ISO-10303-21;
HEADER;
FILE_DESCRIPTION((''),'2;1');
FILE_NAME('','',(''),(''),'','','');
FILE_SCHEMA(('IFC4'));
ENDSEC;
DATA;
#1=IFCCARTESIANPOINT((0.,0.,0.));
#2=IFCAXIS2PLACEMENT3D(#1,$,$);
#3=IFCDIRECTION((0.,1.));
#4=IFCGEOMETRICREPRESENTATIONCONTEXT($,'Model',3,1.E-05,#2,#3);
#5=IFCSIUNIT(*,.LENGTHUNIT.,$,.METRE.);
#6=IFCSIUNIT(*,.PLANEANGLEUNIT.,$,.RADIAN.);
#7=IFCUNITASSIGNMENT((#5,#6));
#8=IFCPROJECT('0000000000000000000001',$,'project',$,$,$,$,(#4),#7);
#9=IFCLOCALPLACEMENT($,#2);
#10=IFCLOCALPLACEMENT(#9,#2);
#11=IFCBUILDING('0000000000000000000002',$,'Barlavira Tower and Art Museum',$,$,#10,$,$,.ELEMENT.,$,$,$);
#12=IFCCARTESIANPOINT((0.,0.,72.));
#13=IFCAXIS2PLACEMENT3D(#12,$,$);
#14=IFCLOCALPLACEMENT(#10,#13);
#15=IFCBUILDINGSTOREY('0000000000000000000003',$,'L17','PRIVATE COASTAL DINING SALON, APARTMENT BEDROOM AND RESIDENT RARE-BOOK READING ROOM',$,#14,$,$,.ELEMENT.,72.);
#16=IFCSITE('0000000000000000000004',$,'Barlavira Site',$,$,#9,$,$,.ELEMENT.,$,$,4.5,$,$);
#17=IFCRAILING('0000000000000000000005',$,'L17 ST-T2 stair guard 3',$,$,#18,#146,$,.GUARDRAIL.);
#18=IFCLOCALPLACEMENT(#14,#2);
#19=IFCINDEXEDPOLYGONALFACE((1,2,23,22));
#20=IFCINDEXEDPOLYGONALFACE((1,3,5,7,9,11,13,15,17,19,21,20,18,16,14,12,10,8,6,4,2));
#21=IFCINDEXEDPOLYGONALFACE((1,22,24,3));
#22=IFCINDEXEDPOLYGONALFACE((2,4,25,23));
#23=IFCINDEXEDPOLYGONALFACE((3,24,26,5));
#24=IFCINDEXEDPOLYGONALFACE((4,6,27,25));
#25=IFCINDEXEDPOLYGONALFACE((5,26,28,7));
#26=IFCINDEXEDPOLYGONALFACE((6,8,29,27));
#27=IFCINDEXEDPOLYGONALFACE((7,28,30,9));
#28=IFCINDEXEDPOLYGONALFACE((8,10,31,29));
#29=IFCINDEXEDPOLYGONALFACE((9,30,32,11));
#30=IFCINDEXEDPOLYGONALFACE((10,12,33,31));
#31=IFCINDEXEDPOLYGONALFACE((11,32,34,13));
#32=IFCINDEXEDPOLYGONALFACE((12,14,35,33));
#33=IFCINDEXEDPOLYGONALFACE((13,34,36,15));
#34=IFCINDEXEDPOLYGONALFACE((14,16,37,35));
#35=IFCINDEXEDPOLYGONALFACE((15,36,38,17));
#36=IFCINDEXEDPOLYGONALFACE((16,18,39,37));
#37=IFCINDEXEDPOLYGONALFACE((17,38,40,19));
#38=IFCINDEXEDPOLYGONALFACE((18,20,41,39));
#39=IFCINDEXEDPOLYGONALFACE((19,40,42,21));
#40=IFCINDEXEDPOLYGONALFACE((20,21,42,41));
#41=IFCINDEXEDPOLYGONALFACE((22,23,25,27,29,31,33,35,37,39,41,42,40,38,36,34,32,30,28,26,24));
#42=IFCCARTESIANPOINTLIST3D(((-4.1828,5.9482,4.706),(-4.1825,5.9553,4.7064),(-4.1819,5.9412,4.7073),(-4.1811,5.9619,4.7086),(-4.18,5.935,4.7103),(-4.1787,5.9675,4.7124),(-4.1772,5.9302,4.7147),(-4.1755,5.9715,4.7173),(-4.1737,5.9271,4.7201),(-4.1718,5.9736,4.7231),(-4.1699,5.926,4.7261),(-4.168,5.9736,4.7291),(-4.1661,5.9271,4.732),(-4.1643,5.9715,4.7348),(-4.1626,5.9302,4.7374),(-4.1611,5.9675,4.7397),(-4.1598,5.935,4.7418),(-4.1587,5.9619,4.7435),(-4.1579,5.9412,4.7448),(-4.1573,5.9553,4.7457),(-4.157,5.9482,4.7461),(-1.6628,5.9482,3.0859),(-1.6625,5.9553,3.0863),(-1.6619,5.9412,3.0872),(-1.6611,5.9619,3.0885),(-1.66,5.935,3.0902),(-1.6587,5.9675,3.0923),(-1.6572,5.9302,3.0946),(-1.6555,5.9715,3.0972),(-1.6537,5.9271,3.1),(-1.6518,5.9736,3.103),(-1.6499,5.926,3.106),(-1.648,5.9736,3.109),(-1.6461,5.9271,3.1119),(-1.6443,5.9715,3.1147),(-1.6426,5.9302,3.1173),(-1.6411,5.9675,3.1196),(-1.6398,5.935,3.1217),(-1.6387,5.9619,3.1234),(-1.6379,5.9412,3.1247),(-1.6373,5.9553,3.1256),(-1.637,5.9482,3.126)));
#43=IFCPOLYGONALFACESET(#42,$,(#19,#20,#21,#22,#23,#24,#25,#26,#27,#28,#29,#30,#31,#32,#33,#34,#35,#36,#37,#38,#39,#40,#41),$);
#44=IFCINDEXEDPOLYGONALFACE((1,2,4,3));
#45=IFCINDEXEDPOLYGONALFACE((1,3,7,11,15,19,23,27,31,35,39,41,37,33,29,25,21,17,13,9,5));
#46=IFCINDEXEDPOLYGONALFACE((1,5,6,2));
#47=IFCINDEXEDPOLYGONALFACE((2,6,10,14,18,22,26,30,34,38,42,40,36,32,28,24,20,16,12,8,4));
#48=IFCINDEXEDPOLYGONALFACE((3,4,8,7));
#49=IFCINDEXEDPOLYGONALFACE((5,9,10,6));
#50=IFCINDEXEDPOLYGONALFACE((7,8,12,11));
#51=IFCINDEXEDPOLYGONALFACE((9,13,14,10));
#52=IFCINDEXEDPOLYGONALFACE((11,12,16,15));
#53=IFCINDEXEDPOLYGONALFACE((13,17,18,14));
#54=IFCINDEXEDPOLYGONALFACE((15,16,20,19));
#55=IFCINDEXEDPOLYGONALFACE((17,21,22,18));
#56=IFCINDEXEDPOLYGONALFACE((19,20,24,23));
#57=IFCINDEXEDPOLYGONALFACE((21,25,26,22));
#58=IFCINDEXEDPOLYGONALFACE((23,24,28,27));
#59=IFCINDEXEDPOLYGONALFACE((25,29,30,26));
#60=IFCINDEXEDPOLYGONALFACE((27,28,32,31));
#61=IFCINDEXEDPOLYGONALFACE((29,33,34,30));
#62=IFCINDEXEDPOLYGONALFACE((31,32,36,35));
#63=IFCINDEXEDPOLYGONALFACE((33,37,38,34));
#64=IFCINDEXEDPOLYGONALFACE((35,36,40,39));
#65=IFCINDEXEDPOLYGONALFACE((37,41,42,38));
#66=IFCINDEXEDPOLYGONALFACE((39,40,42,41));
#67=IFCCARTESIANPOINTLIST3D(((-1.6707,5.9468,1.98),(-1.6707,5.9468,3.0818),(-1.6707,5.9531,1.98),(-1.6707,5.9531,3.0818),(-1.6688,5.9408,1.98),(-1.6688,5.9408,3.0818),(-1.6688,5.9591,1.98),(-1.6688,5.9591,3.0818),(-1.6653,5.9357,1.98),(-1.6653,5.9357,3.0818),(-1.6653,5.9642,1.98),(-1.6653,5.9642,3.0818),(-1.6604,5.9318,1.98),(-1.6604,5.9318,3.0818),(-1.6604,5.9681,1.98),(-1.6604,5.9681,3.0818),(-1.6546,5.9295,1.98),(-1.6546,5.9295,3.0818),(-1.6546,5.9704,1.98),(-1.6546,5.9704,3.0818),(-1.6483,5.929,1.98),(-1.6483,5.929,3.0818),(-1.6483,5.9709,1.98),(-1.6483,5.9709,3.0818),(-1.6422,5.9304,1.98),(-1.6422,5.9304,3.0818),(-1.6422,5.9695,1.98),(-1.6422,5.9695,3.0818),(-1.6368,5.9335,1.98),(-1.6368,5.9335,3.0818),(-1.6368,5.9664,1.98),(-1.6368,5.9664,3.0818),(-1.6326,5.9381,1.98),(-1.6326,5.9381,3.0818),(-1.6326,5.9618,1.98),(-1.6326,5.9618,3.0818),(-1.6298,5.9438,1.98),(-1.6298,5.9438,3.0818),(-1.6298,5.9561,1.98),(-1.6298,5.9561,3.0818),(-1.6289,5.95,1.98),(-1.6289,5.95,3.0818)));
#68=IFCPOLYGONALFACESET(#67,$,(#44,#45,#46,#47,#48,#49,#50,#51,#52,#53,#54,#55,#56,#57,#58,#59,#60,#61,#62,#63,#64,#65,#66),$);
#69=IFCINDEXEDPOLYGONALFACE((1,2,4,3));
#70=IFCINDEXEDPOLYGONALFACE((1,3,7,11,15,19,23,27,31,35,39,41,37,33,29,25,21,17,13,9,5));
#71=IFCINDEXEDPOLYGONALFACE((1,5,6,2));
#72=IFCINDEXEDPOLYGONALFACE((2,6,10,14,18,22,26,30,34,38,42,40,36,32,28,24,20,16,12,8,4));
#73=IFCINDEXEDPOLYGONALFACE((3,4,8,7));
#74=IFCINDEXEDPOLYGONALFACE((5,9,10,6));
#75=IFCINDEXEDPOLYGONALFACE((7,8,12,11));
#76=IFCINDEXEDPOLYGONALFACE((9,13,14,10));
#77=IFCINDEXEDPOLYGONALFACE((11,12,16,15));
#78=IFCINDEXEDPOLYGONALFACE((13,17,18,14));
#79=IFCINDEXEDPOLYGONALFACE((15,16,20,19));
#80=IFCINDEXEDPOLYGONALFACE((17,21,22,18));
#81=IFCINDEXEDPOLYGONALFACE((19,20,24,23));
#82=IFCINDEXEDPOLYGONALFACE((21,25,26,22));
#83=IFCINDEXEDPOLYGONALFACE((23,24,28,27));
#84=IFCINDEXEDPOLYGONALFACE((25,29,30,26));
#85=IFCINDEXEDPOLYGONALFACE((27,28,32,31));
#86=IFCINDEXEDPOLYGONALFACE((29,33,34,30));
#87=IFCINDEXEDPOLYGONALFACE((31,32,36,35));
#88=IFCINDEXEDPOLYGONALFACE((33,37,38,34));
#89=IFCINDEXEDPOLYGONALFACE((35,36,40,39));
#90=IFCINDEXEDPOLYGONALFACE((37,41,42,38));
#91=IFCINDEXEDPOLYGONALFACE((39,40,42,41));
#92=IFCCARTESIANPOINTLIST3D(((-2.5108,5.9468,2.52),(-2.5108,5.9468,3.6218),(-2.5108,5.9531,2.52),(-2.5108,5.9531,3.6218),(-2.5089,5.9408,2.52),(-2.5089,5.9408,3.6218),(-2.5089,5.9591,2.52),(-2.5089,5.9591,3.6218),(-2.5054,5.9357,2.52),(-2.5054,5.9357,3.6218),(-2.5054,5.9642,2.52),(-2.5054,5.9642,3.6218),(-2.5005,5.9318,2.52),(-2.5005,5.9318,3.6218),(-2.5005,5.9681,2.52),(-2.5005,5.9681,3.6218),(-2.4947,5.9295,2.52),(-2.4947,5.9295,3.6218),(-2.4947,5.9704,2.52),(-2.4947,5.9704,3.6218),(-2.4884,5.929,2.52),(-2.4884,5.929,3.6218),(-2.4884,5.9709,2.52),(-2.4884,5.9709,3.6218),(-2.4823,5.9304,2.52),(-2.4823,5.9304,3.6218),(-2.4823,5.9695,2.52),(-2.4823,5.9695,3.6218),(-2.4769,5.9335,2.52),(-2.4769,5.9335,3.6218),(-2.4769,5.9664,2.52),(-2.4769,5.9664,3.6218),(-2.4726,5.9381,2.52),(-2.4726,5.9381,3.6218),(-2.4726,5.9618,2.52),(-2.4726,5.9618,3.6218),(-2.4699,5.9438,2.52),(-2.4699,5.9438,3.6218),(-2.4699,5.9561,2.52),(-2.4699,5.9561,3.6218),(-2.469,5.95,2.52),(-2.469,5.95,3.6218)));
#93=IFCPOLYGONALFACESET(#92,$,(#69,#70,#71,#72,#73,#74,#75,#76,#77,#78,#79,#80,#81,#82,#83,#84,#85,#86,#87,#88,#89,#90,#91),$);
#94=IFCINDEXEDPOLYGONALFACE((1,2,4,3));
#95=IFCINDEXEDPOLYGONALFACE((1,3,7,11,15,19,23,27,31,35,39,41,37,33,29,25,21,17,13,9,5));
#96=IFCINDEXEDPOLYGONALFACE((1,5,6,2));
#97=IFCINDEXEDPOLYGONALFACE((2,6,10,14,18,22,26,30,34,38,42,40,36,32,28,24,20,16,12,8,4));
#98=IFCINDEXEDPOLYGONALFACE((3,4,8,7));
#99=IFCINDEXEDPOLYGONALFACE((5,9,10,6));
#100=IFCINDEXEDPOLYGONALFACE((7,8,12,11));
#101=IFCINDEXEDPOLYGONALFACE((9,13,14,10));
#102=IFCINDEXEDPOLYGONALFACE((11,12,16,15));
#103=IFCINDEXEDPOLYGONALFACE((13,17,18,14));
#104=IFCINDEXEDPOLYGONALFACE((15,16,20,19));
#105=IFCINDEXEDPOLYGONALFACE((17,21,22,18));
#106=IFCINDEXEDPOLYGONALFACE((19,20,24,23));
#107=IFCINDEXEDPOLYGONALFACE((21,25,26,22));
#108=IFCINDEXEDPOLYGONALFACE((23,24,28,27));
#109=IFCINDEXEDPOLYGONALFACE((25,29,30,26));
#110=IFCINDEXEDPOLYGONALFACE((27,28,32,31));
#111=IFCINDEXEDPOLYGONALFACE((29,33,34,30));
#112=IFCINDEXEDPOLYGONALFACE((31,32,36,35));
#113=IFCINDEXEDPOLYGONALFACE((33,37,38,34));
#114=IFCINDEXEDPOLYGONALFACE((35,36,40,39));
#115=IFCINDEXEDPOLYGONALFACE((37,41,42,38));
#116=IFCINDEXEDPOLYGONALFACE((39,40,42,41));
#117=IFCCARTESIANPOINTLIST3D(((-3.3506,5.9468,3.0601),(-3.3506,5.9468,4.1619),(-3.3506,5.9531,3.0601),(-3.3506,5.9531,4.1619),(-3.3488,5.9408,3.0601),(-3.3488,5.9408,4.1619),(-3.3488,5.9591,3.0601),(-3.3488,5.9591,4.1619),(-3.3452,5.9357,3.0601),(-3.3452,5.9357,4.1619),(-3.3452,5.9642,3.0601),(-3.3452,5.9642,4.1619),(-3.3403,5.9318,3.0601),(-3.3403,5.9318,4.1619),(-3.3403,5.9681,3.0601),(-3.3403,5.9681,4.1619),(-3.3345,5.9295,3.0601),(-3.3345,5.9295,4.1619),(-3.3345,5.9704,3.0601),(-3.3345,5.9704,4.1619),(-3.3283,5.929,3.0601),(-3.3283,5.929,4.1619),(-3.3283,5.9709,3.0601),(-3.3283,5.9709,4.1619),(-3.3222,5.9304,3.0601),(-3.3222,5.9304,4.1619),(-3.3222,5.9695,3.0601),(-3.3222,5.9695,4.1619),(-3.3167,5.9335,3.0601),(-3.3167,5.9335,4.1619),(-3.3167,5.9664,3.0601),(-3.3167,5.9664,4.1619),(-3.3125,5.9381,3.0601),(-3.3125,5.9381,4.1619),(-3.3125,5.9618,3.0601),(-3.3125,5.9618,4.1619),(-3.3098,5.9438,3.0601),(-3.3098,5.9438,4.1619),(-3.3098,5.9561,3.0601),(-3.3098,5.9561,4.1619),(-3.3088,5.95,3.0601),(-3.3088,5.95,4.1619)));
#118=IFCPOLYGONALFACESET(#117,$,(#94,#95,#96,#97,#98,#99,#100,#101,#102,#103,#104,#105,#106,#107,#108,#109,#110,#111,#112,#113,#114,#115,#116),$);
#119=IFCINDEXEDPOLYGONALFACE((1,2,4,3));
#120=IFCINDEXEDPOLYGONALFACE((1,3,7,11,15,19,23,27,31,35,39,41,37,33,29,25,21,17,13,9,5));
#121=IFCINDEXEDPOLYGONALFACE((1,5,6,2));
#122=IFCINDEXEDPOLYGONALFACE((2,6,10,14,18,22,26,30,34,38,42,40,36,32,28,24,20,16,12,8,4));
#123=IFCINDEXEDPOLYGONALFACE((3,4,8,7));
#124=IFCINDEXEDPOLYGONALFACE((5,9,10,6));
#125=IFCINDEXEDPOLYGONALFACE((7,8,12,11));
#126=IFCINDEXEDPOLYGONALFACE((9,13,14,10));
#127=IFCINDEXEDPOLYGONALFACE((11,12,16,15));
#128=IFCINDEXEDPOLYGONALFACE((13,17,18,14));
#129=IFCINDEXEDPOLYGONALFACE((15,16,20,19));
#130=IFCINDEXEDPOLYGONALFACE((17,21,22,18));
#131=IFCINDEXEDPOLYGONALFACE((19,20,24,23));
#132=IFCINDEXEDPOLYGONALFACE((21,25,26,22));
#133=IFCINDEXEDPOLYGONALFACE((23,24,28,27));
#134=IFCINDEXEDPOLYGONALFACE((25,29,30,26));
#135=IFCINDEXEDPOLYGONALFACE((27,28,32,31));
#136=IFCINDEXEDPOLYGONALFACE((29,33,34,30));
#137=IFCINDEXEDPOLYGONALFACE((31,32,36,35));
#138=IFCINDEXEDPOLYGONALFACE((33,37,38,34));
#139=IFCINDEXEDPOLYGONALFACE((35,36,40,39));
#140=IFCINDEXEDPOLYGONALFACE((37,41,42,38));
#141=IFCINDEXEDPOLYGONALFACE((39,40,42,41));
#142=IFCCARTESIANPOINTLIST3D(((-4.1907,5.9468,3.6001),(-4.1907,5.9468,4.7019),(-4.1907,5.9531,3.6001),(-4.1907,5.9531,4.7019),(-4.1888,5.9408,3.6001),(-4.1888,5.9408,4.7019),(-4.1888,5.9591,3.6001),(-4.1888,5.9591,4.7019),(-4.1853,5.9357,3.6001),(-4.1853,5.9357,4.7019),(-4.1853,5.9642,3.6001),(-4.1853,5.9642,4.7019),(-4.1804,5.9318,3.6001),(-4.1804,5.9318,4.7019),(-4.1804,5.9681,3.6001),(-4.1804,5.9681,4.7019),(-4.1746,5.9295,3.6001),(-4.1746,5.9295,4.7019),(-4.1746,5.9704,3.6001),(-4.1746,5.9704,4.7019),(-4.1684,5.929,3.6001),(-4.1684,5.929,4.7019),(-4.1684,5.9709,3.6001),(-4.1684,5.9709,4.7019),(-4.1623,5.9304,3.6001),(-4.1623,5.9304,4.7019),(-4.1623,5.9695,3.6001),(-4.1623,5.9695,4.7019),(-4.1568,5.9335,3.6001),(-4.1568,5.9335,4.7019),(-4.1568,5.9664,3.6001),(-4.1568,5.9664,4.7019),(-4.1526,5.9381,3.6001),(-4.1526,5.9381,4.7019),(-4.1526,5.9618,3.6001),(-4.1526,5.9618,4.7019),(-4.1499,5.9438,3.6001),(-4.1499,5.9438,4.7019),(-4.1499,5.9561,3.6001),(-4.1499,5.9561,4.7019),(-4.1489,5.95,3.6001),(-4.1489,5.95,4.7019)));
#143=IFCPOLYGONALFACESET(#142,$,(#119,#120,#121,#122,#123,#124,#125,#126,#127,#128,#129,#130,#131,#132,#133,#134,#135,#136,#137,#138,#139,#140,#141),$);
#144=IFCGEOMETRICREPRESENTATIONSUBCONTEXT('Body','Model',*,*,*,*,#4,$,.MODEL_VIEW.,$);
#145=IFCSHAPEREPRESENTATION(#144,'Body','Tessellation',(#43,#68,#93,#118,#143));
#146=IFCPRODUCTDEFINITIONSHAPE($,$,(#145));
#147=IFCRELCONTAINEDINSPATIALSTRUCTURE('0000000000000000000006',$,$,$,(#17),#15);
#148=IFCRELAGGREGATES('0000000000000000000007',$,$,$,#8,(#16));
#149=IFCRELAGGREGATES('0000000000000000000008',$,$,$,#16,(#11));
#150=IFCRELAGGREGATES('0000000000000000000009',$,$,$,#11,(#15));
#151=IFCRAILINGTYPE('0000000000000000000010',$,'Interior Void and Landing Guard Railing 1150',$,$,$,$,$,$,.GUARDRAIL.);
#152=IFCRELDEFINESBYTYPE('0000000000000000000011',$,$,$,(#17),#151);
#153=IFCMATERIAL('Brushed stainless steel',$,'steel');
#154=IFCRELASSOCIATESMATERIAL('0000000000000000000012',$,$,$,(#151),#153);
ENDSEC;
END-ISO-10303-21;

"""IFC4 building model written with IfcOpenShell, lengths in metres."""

from ifc_helpers import new_model, si_unit, direction, frame, origin, origin_2d, place, context, subcontext, project, spatial, circle, extrude, material, type_object, element, save


model = new_model("IFC4")

# Units and contexts
model_context = context("Model", 3, precision=1e-05, world=origin(), true_north=direction((0.0, 1.0)))
body_context = subcontext(model_context, "Body", "Model", "MODEL_VIEW")
ifc_project = project(units=[si_unit("LENGTHUNIT", "METRE"), si_unit("PLANEANGLEUNIT", "RADIAN")], contexts=[model_context])

# Site, building, storey
site_placement = place(None, origin())
site = spatial("IfcSite", under=ifc_project, at=site_placement, Name="Barlavira Site", CompositionType="ELEMENT", RefElevation=4.5)
building_placement = place(site_placement, origin())
building = spatial("IfcBuilding", under=site, at=building_placement, Name="Barlavira Tower and Art Museum", CompositionType="ELEMENT")
storey_placement = place(building_placement, frame((0.0, 0.0, 72.0)))
storey = spatial("IfcBuildingStorey", under=building, at=storey_placement, Name="L17", Description="PRIVATE COASTAL DINING SALON, APARTMENT BEDROOM AND RESIDENT RARE-BOOK READING ROOM", CompositionType="ELEMENT", Elevation=72.0)

# Shared definitions
ifc_material_1 = material(Name="Brushed stainless steel", Category="steel")

# Railing
railing_type_1 = type_object("IfcRailingType", Name="Interior Void and Landing Guard Railing 1150", PredefinedType="GUARDRAIL", material=ifc_material_1)
railing_1_placement = place(storey_placement, frame((-1.6499, 5.95, 1.98)))
element("IfcRailing", 1, at=railing_1_placement, inside=storey, type_object=railing_type_1, Name="L17 ST-T2 stair guard 3", PredefinedType="GUARDRAIL", context=body_context, shape_type="SweptSolid", body=[
    extrude(circle(Radius=0.0239, at=origin_2d()), frame((0.0, 0.0, 1.126), z_axis=(-0.841163, 0.0, 0.540782), x_axis=(0.0, -1.0, 0.0)), (0.0, 0.0, 1.0), 2.9958),
    extrude(circle(Radius=0.021, at=origin_2d()), origin(), (0.0, 0.0, 1.0), 1.1018),
    extrude(circle(Radius=0.021, at=origin_2d()), frame((-0.8401, 0.0, 0.54)), (0.0, 0.0, 1.0), 1.1018),
    extrude(circle(Radius=0.021, at=origin_2d()), frame((-1.6799, 0.0, 1.0801)), (0.0, 0.0, 1.0), 1.1018),
    extrude(circle(Radius=0.021, at=origin_2d()), frame((-2.52, 0.0, 1.6201)), (0.0, 0.0, 1.0), 1.1018),
])

save(model, "model.ifc")
